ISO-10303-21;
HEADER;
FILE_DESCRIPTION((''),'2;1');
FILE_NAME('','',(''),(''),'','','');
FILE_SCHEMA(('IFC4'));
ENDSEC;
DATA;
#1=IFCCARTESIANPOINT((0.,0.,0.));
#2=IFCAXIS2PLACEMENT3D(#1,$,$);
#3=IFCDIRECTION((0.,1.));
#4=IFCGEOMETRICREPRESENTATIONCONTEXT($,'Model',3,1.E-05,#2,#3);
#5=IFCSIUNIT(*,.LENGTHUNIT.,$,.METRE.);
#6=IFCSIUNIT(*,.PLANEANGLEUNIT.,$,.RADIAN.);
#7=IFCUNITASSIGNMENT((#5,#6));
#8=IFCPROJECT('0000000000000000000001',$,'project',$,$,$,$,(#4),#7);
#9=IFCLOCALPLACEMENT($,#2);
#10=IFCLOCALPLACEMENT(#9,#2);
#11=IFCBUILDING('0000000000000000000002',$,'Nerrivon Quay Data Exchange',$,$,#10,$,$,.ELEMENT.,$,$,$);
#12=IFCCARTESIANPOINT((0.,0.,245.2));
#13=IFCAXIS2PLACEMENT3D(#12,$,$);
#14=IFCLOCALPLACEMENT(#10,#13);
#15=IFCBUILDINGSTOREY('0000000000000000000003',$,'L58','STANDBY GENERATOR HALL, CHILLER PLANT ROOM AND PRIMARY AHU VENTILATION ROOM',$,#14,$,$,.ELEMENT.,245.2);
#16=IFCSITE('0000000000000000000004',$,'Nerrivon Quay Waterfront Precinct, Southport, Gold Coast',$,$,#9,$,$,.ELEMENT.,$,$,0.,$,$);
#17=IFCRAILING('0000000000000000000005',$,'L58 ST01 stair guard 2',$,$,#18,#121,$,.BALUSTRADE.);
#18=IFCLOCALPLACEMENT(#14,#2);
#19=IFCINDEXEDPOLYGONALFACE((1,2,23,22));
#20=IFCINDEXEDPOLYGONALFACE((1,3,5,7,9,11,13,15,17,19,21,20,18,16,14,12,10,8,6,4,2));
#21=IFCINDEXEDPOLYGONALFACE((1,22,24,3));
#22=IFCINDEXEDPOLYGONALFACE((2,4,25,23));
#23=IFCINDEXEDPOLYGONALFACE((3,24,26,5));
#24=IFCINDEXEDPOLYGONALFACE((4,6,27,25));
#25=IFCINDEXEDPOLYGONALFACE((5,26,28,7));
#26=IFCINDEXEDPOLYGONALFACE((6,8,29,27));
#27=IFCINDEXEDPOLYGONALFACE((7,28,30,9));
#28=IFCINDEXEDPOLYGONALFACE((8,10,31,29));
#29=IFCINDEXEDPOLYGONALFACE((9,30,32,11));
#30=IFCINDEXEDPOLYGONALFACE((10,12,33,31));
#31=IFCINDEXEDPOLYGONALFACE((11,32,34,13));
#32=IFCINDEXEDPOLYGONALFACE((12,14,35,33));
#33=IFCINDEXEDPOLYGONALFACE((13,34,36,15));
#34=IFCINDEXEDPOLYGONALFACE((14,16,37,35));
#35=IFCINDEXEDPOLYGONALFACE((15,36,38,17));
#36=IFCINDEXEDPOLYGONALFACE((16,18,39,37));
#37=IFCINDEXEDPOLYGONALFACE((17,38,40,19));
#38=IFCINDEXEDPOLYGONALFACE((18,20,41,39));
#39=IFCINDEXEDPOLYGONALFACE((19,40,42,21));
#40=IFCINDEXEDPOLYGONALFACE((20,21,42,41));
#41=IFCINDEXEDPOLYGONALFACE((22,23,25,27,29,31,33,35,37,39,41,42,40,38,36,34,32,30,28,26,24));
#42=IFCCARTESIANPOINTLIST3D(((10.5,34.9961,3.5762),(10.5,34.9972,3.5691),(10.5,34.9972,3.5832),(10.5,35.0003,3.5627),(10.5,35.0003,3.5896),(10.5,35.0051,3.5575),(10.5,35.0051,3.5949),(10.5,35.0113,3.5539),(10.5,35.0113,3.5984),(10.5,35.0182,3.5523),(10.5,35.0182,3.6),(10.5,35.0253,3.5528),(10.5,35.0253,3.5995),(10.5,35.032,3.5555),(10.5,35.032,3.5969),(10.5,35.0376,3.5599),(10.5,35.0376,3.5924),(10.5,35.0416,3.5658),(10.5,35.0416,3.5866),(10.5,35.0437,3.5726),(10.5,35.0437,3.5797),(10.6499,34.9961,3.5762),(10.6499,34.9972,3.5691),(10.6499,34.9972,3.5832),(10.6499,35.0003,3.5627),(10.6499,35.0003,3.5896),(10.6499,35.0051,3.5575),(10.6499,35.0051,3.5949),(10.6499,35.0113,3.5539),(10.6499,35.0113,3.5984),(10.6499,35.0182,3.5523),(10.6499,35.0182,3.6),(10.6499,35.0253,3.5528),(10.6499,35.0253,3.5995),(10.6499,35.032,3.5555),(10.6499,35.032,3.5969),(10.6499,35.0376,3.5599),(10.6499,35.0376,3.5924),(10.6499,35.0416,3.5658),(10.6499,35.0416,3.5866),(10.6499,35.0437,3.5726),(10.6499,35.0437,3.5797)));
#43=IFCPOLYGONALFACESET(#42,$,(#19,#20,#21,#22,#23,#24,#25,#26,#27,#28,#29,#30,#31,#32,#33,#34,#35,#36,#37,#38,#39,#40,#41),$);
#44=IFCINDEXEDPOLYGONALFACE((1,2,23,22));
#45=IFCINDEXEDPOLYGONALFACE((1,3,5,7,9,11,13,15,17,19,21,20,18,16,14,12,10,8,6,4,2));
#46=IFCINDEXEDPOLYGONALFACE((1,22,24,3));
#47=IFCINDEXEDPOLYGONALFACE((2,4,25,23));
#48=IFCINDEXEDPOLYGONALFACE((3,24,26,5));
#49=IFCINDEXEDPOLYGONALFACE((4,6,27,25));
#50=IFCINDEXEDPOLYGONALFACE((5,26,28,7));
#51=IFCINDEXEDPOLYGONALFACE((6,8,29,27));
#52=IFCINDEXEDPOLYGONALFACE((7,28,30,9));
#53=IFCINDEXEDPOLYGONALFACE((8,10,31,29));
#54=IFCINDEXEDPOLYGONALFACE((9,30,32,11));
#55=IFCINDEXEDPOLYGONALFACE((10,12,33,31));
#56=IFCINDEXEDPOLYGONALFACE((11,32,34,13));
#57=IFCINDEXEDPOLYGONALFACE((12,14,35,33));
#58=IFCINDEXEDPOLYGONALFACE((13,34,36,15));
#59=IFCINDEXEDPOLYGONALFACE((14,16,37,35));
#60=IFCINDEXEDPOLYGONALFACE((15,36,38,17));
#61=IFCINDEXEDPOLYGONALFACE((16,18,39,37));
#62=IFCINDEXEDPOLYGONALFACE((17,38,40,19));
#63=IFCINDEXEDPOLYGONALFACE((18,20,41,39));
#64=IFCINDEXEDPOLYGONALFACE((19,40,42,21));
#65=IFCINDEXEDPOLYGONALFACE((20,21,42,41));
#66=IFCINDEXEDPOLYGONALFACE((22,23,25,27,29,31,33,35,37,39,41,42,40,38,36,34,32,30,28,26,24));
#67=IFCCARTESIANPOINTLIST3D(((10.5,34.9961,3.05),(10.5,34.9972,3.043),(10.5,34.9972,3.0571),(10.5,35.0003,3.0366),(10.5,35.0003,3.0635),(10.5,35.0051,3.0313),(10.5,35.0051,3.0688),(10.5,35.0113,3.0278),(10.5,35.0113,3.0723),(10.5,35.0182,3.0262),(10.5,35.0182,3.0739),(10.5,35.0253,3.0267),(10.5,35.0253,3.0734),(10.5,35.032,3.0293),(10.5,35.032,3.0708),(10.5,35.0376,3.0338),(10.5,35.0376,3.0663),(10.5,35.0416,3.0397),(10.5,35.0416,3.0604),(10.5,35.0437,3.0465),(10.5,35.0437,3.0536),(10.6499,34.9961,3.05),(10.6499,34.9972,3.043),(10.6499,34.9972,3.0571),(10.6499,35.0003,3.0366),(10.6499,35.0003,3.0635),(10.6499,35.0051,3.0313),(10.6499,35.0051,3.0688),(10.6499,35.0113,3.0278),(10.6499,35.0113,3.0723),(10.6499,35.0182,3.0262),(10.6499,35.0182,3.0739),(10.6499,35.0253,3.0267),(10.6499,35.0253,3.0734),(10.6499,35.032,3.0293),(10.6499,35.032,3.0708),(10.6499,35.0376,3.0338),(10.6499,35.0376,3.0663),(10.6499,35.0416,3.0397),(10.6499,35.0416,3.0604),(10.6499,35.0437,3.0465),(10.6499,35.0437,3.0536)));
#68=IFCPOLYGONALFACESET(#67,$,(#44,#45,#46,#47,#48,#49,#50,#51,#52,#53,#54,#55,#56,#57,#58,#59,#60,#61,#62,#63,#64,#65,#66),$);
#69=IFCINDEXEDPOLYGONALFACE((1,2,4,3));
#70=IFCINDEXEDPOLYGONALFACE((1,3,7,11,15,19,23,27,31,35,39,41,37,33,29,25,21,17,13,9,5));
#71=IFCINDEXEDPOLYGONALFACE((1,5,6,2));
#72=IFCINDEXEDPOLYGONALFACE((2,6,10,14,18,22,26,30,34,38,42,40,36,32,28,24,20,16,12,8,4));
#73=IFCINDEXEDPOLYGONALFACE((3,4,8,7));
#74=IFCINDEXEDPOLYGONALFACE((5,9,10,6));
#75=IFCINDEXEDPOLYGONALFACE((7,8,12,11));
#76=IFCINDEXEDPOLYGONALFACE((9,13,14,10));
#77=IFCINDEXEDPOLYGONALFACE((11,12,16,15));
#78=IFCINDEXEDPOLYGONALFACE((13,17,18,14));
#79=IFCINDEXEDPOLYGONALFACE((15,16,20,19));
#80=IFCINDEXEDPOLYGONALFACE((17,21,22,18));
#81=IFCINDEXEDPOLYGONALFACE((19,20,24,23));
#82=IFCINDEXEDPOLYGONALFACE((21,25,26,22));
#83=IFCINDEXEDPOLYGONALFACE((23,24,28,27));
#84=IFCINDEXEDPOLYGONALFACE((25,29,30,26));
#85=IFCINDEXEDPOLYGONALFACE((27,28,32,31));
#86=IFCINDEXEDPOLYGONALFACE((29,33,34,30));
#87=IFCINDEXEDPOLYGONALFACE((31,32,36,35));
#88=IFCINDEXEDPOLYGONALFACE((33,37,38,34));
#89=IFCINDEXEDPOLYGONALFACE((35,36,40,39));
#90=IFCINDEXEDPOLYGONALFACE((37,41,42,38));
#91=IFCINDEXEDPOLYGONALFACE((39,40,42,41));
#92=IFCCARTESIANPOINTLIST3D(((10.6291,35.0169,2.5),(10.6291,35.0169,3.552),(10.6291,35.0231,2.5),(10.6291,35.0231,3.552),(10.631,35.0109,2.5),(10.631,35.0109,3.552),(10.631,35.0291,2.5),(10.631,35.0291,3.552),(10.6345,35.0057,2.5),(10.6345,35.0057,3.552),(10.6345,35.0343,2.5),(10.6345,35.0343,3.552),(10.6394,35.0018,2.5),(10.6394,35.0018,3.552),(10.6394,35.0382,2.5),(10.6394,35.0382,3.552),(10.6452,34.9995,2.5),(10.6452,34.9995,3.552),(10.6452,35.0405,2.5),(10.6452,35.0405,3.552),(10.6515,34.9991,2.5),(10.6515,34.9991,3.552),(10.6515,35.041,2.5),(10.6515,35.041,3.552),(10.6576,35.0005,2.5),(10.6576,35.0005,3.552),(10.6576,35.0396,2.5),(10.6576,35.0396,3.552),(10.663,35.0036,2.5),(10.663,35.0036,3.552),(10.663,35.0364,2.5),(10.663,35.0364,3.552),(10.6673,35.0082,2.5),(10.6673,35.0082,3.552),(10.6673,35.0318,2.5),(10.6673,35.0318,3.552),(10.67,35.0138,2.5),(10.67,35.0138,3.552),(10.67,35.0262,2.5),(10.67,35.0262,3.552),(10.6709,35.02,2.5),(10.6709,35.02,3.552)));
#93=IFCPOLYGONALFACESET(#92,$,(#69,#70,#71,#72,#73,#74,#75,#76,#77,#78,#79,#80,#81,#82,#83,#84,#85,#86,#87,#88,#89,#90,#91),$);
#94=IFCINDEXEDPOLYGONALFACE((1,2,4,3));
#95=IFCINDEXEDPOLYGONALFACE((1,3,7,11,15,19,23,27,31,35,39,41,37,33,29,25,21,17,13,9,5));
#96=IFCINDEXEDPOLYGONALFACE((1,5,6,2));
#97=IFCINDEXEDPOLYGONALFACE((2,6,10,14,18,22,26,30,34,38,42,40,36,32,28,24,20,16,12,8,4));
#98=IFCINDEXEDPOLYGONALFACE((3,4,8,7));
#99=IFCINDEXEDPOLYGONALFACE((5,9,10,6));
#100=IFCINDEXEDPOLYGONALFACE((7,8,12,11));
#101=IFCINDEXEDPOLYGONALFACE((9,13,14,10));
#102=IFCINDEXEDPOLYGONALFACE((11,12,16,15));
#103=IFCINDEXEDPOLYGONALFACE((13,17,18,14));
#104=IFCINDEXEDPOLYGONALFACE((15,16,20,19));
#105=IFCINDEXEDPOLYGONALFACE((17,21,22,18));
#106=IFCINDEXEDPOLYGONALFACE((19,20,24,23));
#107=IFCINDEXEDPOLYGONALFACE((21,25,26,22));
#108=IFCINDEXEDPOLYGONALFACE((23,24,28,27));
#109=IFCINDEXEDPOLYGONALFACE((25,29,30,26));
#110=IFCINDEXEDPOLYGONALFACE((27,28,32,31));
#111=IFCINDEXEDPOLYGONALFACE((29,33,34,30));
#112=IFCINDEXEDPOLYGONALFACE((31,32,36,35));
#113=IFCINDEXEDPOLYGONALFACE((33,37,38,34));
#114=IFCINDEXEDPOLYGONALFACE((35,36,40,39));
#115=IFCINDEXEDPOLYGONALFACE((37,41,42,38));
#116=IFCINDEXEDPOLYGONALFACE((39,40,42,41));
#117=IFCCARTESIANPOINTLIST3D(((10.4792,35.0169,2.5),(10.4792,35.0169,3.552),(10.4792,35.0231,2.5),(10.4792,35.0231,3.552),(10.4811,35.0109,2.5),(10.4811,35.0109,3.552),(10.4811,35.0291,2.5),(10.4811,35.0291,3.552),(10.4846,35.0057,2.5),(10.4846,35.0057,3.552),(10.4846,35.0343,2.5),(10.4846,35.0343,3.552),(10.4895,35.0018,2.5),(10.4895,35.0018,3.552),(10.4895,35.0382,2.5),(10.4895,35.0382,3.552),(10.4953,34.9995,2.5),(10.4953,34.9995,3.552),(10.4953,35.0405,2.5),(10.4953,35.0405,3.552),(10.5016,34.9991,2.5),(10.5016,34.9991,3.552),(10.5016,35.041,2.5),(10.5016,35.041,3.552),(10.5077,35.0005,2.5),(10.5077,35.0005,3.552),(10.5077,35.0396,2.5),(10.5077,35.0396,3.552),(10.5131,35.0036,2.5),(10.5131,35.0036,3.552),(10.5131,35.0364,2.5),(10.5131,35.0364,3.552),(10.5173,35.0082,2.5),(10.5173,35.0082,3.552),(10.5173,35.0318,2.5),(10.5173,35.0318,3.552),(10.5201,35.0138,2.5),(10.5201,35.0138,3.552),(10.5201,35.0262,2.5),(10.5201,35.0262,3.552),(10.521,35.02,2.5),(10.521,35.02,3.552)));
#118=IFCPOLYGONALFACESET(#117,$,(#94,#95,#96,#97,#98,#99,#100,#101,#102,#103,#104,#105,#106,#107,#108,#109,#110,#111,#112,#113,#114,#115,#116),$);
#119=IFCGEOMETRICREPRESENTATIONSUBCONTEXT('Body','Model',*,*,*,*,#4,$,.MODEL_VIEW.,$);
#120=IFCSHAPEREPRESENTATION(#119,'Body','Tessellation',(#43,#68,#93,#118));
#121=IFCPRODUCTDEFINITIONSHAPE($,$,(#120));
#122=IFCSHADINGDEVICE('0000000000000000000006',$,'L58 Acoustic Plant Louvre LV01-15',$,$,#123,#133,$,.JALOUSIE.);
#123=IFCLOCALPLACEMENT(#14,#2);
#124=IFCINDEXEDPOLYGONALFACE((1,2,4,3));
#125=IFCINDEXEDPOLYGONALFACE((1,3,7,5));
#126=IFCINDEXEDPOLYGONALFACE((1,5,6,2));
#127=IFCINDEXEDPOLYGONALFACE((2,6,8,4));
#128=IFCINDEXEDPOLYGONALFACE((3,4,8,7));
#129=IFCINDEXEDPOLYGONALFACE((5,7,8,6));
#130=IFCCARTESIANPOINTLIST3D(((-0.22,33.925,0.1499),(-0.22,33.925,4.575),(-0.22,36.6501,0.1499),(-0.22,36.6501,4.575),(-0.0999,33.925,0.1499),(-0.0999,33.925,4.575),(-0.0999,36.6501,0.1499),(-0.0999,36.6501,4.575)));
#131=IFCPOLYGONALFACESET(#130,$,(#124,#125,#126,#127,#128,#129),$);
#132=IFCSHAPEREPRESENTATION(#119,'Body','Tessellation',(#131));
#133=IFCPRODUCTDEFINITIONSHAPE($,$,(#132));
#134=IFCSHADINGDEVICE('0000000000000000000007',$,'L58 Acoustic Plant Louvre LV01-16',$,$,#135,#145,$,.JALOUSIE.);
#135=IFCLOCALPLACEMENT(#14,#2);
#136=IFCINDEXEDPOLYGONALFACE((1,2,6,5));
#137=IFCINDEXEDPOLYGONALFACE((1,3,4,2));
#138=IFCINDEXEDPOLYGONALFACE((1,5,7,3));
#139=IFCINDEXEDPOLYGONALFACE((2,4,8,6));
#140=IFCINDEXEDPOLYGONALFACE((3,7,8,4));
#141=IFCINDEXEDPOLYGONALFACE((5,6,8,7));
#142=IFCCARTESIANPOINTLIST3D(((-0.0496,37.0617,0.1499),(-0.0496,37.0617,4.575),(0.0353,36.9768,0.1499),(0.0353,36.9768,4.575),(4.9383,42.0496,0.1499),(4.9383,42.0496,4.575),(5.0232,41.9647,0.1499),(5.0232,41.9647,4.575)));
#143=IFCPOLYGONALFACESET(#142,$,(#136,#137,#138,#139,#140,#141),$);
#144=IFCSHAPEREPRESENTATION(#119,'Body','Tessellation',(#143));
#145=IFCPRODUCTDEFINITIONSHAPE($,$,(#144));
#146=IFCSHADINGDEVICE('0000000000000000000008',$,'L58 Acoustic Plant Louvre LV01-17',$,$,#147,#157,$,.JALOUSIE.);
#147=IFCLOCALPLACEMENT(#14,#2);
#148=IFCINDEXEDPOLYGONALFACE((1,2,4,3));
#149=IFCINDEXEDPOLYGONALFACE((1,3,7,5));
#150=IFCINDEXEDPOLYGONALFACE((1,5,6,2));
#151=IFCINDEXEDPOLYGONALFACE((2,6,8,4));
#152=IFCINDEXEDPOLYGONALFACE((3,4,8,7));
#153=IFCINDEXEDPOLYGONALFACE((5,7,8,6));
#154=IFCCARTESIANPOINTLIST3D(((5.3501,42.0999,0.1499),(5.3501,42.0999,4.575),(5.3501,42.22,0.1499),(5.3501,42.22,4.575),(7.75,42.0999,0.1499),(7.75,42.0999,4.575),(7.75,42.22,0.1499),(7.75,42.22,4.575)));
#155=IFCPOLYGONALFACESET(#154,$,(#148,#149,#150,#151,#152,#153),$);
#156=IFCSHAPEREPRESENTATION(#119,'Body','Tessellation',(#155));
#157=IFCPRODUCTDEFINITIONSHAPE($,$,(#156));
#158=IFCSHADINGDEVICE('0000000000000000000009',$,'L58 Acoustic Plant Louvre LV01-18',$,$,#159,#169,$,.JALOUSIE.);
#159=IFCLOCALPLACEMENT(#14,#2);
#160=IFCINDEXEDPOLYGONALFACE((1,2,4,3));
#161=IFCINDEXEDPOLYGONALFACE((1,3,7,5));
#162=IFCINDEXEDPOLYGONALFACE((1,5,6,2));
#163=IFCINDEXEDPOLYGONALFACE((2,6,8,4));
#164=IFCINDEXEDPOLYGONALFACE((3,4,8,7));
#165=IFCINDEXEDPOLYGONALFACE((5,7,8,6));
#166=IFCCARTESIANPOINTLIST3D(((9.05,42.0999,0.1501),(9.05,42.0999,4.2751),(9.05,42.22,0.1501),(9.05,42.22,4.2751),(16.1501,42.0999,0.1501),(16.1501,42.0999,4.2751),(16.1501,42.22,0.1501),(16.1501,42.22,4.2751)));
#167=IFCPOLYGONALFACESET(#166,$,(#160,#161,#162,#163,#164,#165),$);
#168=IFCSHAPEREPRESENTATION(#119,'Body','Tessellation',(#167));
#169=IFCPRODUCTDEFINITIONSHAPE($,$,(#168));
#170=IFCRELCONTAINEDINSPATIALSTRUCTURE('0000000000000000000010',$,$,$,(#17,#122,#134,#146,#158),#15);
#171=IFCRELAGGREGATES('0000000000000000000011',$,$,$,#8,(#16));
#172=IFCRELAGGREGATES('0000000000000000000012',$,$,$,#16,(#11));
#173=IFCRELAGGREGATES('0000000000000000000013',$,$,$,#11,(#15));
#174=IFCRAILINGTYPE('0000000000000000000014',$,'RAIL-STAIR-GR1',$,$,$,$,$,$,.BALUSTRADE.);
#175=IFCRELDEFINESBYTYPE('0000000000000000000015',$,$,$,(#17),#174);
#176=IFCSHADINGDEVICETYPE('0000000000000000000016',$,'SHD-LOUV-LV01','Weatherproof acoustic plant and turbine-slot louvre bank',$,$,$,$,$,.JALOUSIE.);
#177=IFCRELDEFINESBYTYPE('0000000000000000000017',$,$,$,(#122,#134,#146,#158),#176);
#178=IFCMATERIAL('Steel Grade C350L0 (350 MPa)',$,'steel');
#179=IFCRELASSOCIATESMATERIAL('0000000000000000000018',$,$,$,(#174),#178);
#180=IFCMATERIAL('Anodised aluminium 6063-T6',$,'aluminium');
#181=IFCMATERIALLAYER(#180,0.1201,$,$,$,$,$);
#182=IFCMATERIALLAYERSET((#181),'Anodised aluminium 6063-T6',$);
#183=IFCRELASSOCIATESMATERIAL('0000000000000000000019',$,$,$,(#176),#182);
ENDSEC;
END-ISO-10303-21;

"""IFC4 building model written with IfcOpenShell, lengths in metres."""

from ifc_helpers import new_model, si_unit, direction, frame, origin, origin_2d, place, context, subcontext, project, spatial, rectangle, circle, extrude, material, layer, layer_set, type_object, element, save


model = new_model("IFC4")

# Units and contexts
model_context = context("Model", 3, precision=1e-05, world=origin(), true_north=direction((0.0, 1.0)))
body_context = subcontext(model_context, "Body", "Model", "MODEL_VIEW")
ifc_project = project(units=[si_unit("LENGTHUNIT", "METRE"), si_unit("PLANEANGLEUNIT", "RADIAN")], contexts=[model_context])

# Site, building, storey
site_placement = place(None, origin())
site = spatial("IfcSite", under=ifc_project, at=site_placement, Name="Nerrivon Quay Waterfront Precinct, Southport, Gold Coast", CompositionType="ELEMENT", RefElevation=0.0)
building_placement = place(site_placement, origin())
building = spatial("IfcBuilding", under=site, at=building_placement, Name="Nerrivon Quay Data Exchange", CompositionType="ELEMENT")
storey_placement = place(building_placement, frame((0.0, 0.0, 245.2)))
storey = spatial("IfcBuildingStorey", under=building, at=storey_placement, Name="L58", Description="STANDBY GENERATOR HALL, CHILLER PLANT ROOM AND PRIMARY AHU VENTILATION ROOM", CompositionType="ELEMENT", Elevation=245.2)

# Shared definitions
ifc_material_1 = material(Name="Steel Grade C350L0 (350 MPa)", Category="steel")

# Railing
railing_type_1 = type_object("IfcRailingType", Name="RAIL-STAIR-GR1", PredefinedType="BALUSTRADE", material=ifc_material_1)
railing_1_placement = place(storey_placement, frame((10.6499, 35.02, 2.5)))
element("IfcRailing", 1, at=railing_1_placement, inside=storey, type_object=railing_type_1, Name="L58 ST01 stair guard 2", PredefinedType="BALUSTRADE", context=body_context, shape_type="SweptSolid", body=[
    extrude(circle(Radius=0.0239, at=origin_2d()), frame((0.0, 0.0, 1.0762), z_axis=(-1.0, 0.0, 0.0), x_axis=(0.0, -1.0, 0.0)), (0.0, 0.0, 1.0), 0.1499),
    extrude(circle(Radius=0.0239, at=origin_2d()), frame((0.0, 0.0, 0.55), z_axis=(-1.0, 0.0, 0.0), x_axis=(0.0, -1.0, 0.0)), (0.0, 0.0, 1.0), 0.1499),
    extrude(circle(Radius=0.021, at=origin_2d()), origin(), (0.0, 0.0, 1.0), 1.052),
    extrude(circle(Radius=0.021, at=origin_2d()), frame((-0.1499, 0.0, 0.0)), (0.0, 0.0, 1.0), 1.052),
])

# Shading devices
ifc_material_2 = material(Name="Anodised aluminium 6063-T6", Category="aluminium")
ifc_layer_1 = layer(ifc_material_2, 0.1201)
ifc_layer_set_1 = layer_set([ifc_layer_1], Name="Anodised aluminium 6063-T6")
shading_device_type = type_object("IfcShadingDeviceType", Name="SHD-LOUV-LV01", Description="Weatherproof acoustic plant and turbine-slot louvre bank", PredefinedType="JALOUSIE", material=ifc_layer_set_1)
shading_device_1_placement = place(storey_placement, frame((-0.1599, 35.2876, 0.1499), z_axis=(0.0, 0.0, 1.0), x_axis=(0.0, 1.0, 0.0)))
element("IfcShadingDevice", 2, at=shading_device_1_placement, inside=storey, type_object=shading_device_type, Name="L58 Acoustic Plant Louvre LV01-15", PredefinedType="JALOUSIE", context=body_context, shape_type="SweptSolid", body=[
    extrude(rectangle(XDim=2.7251, YDim=0.1201, at=origin_2d()), origin(), (0.0, 0.0, 1.0), 4.425),
])
shading_device_2_placement = place(storey_placement, frame((2.4868, 39.5132, 0.1499), z_axis=(0.0, 0.0, 1.0), x_axis=(0.707107, 0.707107, 0.0)))
element("IfcShadingDevice", 3, at=shading_device_2_placement, inside=storey, type_object=shading_device_type, Name="L58 Acoustic Plant Louvre LV01-16", PredefinedType="JALOUSIE", context=body_context, shape_type="SweptSolid", body=[
    extrude(rectangle(XDim=7.054, YDim=0.1201, at=origin_2d()), origin(), (0.0, 0.0, 1.0), 4.425),
])
shading_device_3_placement = place(storey_placement, frame((6.55, 42.1599, 0.1499), z_axis=(0.0, 0.0, 1.0), x_axis=(1.0, 0.0, 0.0)))
element("IfcShadingDevice", 4, at=shading_device_3_placement, inside=storey, type_object=shading_device_type, Name="L58 Acoustic Plant Louvre LV01-17", PredefinedType="JALOUSIE", context=body_context, shape_type="SweptSolid", body=[
    extrude(rectangle(XDim=2.3999, YDim=0.1201, at=origin_2d()), origin(), (0.0, 0.0, 1.0), 4.425),
])
shading_device_4_placement = place(storey_placement, frame((12.6001, 42.1599, 0.1501), z_axis=(0.0, 0.0, 1.0), x_axis=(1.0, 0.0, 0.0)))
element("IfcShadingDevice", 5, at=shading_device_4_placement, inside=storey, type_object=shading_device_type, Name="L58 Acoustic Plant Louvre LV01-18", PredefinedType="JALOUSIE", context=body_context, shape_type="SweptSolid", body=[
    extrude(rectangle(XDim=7.1001, YDim=0.1201, at=origin_2d()), origin(), (0.0, 0.0, 1.0), 4.125),
])

save(model, "model.ifc")
